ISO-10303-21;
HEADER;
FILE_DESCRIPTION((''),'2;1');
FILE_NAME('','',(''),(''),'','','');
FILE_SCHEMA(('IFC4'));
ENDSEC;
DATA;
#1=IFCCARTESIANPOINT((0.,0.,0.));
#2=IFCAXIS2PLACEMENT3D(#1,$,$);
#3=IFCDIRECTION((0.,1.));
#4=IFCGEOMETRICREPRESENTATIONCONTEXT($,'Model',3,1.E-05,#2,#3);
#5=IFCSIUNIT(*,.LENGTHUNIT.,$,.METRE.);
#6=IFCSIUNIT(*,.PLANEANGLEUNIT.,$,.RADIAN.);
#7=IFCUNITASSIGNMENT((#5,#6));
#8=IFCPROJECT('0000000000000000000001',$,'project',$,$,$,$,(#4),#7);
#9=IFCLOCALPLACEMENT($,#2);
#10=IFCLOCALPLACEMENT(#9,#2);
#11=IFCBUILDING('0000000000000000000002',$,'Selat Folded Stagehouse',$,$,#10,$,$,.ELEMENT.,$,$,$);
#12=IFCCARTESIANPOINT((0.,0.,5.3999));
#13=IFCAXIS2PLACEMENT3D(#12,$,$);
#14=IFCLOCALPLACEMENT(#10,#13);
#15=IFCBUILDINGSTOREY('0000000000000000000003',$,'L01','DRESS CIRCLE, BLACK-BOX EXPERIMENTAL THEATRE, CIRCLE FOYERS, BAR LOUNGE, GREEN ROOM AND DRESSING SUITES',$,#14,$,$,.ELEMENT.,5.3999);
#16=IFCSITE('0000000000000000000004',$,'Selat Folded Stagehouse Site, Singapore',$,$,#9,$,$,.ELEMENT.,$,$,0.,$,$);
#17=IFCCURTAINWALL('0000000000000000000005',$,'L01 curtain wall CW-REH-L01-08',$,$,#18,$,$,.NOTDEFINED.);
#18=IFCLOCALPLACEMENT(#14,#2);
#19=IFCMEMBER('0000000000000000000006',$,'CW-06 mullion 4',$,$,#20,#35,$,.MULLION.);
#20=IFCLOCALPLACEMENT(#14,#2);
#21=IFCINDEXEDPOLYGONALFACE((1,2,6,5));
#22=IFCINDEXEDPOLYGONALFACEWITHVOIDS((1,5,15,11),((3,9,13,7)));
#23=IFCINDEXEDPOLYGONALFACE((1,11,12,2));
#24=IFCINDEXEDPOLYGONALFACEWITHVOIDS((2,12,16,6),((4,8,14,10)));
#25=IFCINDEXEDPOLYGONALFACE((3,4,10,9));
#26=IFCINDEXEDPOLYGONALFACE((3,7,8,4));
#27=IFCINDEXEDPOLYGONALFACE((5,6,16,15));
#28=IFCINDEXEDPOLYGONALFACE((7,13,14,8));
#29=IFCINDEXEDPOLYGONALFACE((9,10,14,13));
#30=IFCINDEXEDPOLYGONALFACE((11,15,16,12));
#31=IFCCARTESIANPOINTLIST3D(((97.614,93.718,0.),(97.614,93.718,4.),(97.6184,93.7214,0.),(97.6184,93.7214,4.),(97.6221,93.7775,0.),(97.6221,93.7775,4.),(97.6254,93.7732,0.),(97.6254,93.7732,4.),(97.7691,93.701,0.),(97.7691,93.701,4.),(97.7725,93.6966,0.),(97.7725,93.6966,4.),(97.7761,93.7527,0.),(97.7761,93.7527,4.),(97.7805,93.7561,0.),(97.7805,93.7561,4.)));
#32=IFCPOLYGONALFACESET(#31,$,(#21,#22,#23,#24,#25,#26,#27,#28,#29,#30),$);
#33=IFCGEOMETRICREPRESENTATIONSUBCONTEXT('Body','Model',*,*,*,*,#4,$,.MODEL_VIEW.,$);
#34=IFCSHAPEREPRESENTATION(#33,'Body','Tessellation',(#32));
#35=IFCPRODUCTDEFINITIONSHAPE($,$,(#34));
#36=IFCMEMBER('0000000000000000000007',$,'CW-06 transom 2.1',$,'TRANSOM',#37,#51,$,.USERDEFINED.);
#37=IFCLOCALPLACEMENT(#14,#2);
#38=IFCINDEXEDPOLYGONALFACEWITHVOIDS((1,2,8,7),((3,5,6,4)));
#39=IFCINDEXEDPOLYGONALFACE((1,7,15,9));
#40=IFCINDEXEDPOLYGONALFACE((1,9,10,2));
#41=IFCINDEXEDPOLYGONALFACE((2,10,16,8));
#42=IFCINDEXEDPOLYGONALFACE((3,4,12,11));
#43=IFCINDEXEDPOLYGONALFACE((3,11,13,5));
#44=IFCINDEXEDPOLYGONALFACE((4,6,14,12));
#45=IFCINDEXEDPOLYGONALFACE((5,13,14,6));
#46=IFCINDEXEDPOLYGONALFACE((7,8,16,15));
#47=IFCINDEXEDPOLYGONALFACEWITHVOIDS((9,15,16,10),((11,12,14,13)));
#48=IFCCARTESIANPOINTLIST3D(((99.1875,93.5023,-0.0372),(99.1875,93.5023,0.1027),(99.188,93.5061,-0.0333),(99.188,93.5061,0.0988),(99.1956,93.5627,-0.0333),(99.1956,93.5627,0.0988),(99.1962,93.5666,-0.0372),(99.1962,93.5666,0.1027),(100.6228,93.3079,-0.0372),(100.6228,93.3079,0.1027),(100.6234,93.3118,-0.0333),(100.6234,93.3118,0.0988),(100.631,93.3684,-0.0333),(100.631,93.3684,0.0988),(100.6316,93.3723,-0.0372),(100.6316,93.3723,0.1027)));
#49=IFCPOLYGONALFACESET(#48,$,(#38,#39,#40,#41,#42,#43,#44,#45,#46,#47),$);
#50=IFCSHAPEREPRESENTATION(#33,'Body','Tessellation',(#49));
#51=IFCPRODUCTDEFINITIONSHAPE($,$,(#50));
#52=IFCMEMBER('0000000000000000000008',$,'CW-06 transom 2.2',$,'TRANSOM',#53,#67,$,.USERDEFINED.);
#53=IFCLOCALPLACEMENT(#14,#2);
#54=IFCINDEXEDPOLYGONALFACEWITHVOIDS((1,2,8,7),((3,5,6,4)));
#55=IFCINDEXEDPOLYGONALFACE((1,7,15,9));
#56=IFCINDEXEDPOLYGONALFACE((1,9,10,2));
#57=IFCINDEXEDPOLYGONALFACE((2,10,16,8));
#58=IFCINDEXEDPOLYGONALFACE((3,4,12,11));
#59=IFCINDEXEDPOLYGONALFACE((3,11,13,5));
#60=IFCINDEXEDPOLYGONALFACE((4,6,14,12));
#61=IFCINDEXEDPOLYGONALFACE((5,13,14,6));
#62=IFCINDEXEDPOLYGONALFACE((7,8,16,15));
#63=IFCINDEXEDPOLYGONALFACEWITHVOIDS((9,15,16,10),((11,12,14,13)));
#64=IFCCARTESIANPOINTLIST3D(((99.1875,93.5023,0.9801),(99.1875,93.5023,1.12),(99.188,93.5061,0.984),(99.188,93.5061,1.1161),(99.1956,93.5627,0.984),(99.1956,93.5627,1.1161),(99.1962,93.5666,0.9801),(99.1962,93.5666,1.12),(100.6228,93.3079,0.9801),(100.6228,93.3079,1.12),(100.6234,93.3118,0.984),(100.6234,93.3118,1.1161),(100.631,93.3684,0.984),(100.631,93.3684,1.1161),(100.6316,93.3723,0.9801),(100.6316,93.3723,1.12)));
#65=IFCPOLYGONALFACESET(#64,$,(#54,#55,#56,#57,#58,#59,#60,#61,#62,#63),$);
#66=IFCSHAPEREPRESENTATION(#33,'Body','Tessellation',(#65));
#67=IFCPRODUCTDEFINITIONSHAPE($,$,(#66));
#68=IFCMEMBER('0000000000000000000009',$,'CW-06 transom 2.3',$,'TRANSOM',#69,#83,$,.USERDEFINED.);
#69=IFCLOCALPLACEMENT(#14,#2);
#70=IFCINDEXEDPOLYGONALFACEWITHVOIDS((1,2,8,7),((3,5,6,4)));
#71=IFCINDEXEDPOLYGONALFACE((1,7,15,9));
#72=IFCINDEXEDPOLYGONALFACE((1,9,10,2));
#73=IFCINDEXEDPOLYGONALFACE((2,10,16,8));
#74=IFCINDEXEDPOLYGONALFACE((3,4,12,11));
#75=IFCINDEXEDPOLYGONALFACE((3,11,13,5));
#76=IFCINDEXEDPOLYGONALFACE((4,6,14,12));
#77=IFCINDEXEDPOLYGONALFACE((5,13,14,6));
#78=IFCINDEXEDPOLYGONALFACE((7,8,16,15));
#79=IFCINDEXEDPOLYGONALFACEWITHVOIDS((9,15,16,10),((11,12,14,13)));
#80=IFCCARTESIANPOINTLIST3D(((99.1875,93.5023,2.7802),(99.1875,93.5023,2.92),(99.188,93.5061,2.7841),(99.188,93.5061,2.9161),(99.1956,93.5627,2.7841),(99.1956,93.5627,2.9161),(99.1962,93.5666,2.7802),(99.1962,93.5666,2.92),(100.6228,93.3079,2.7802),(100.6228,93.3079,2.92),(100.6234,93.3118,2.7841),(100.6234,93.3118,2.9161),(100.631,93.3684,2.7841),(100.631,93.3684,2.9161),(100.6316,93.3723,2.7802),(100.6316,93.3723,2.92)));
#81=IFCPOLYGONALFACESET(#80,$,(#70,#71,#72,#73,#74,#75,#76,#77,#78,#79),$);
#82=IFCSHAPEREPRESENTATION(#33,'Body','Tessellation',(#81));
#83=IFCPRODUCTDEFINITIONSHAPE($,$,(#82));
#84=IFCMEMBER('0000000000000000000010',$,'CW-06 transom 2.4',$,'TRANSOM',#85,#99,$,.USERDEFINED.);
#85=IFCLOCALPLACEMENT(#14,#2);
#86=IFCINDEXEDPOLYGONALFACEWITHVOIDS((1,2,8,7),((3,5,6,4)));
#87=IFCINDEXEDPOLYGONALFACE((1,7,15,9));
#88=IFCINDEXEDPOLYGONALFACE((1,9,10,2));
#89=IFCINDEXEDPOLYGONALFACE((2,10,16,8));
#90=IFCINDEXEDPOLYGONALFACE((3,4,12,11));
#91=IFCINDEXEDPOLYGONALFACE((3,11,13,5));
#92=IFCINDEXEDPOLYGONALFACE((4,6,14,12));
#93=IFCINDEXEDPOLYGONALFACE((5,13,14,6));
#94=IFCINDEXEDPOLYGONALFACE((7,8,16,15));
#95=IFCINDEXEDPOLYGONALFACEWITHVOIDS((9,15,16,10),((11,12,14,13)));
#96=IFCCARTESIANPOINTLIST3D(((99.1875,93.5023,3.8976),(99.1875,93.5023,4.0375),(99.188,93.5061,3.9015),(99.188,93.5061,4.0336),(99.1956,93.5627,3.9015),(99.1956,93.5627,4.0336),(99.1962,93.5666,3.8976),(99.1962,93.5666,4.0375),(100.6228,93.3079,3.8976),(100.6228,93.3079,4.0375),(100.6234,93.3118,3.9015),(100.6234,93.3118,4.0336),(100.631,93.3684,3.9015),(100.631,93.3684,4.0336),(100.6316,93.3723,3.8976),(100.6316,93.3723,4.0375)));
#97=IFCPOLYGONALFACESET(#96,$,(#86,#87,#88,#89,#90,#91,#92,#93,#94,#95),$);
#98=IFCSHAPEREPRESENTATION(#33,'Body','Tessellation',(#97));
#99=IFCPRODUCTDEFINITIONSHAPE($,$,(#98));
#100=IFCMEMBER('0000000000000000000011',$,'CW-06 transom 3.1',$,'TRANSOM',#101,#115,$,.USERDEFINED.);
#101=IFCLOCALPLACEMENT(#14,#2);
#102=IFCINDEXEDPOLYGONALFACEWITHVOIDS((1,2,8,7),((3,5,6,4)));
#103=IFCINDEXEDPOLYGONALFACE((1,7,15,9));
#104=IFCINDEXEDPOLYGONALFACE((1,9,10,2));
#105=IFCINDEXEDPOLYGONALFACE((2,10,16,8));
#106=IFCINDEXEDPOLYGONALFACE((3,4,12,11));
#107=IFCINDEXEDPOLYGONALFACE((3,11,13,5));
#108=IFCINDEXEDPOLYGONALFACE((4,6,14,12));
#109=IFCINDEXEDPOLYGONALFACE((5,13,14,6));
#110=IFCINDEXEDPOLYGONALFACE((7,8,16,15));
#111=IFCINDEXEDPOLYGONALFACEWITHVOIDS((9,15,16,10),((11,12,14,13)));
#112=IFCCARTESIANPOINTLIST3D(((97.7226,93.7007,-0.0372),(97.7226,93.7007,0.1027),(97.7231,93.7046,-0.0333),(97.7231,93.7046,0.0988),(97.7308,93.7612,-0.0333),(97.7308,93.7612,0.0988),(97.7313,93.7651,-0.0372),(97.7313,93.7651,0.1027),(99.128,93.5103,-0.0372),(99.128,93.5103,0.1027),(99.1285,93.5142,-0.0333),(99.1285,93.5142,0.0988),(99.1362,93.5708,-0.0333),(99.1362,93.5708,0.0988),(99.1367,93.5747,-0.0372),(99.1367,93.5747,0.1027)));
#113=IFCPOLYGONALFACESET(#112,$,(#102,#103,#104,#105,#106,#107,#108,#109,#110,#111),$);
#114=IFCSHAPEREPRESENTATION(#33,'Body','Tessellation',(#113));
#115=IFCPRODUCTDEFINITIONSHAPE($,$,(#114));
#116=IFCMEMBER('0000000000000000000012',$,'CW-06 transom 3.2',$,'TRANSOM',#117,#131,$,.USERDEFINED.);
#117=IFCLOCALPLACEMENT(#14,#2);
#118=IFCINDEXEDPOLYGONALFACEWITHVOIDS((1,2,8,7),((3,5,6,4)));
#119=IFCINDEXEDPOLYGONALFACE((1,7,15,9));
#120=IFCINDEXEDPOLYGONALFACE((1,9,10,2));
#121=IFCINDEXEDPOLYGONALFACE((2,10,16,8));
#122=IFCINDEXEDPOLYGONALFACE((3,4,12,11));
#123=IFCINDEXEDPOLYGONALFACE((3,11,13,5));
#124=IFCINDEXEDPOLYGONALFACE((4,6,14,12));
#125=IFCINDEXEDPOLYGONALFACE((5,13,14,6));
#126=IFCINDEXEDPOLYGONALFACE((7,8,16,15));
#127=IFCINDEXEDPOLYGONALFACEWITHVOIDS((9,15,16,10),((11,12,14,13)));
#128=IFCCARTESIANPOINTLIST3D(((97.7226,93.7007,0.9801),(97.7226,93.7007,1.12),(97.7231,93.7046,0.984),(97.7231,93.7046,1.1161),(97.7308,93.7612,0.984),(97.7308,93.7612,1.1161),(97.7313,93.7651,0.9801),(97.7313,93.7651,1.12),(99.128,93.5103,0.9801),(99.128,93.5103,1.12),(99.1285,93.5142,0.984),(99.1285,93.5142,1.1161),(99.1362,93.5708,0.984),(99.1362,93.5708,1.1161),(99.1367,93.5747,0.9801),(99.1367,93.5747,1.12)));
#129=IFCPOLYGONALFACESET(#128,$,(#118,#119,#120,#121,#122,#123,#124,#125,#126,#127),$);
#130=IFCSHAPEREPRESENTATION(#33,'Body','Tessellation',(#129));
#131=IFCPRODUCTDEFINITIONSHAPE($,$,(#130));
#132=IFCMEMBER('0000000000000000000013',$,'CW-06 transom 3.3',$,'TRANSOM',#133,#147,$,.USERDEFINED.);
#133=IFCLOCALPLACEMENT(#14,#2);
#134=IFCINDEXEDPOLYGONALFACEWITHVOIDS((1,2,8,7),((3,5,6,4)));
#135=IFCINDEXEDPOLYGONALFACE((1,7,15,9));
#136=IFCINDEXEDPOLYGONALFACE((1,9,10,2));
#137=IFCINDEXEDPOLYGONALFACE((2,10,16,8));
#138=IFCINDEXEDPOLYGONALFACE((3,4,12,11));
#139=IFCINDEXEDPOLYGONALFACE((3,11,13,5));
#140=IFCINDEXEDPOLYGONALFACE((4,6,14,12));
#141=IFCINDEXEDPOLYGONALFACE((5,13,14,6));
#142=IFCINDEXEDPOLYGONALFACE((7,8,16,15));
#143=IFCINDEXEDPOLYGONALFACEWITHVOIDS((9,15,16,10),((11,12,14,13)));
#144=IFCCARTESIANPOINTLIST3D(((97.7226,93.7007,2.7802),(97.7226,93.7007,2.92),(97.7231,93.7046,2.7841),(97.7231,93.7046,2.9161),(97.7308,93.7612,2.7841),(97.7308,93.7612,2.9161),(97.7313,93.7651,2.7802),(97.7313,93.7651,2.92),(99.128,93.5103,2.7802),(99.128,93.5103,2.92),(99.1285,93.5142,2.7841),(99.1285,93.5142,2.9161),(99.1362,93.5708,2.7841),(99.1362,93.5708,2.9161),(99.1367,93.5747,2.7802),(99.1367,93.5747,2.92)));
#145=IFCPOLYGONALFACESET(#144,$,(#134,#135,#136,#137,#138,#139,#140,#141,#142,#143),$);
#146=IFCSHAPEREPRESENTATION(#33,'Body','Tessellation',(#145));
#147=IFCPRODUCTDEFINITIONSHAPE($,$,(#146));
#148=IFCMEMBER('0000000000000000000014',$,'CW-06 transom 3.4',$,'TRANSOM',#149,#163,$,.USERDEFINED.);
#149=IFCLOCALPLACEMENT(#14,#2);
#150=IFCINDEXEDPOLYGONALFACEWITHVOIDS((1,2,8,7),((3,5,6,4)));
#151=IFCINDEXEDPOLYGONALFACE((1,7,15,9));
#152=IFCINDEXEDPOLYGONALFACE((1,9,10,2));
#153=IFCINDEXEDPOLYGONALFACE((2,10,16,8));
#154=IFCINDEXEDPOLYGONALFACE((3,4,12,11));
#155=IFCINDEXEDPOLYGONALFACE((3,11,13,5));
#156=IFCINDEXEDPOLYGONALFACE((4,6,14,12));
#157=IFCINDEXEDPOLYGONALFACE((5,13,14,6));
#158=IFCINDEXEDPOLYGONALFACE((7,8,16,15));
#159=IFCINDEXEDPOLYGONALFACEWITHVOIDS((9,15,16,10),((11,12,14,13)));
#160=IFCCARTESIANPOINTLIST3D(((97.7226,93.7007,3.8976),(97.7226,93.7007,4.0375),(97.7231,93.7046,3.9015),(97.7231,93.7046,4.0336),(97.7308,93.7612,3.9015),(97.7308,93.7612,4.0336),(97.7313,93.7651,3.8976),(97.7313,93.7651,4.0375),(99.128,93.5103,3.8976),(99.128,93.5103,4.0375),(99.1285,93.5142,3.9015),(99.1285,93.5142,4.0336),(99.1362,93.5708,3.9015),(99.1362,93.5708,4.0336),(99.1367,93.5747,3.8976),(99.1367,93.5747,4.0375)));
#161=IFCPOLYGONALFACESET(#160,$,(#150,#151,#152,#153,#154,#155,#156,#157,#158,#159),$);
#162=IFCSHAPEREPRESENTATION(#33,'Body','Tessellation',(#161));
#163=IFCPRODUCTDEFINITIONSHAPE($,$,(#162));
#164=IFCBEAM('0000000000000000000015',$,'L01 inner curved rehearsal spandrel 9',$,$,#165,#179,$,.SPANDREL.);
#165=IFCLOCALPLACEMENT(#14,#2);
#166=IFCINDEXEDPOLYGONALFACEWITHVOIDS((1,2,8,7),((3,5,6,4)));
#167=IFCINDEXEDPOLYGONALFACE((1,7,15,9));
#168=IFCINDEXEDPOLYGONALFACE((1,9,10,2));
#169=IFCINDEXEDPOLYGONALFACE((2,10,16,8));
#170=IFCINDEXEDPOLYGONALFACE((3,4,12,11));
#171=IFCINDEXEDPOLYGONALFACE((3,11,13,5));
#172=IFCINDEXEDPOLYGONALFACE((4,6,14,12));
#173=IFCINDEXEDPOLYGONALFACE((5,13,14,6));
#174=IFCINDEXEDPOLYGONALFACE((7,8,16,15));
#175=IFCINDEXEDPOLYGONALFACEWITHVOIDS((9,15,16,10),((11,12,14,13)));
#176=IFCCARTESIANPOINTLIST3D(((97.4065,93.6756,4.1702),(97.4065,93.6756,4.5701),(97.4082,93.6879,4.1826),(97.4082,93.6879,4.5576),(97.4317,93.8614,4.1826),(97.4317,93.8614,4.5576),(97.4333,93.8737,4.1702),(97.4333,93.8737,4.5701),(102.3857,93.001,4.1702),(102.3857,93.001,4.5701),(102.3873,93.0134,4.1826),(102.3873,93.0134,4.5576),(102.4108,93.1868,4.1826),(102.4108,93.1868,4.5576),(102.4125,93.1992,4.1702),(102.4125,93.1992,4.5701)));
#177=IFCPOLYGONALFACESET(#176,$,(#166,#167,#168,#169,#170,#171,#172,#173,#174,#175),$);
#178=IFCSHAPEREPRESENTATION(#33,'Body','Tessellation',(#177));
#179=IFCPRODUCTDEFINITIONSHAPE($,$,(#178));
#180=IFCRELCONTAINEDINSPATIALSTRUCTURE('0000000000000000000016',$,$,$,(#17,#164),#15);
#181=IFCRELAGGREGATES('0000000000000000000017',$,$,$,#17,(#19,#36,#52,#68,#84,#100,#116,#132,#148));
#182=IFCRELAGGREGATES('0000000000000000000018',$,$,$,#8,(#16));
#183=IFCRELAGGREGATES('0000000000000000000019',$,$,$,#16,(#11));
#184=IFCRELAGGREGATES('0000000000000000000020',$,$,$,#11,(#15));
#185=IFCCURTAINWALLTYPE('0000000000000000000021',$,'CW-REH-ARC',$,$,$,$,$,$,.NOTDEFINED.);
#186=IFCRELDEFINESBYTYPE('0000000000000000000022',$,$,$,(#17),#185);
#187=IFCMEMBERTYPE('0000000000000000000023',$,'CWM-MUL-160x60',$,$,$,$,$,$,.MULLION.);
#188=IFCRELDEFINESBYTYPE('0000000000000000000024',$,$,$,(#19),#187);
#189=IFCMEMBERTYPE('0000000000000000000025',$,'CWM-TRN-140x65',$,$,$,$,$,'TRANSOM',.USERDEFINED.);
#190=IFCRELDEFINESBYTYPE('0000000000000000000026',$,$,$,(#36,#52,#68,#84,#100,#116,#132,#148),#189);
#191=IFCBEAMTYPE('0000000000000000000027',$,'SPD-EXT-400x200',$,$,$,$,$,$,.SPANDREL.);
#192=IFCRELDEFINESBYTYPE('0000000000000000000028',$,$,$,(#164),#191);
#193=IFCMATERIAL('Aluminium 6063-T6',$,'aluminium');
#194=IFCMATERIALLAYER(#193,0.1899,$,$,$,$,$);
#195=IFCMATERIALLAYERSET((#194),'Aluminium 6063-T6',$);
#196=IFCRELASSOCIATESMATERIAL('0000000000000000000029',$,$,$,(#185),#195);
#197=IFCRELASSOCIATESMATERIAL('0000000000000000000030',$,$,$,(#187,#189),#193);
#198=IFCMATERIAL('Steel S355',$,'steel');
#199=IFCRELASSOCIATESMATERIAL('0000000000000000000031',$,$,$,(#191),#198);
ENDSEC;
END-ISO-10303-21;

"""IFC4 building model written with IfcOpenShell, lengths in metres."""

from ifc_helpers import new_model, si_unit, direction, frame, origin, origin_2d, place, context, subcontext, project, spatial, hollow_rectangle, extrude, material, layer, layer_set, material_profile, profile_set, type_object, element, aggregate, save


model = new_model("IFC4")

# Units and contexts
model_context = context("Model", 3, precision=1e-05, world=origin(), true_north=direction((0.0, 1.0)))
body_context = subcontext(model_context, "Body", "Model", "MODEL_VIEW")
ifc_project = project(units=[si_unit("LENGTHUNIT", "METRE"), si_unit("PLANEANGLEUNIT", "RADIAN")], contexts=[model_context])

# Site, building, storey
site_placement = place(None, origin())
site = spatial("IfcSite", under=ifc_project, at=site_placement, Name="Selat Folded Stagehouse Site, Singapore", CompositionType="ELEMENT", RefElevation=0.0)
building_placement = place(site_placement, origin())
building = spatial("IfcBuilding", under=site, at=building_placement, Name="Selat Folded Stagehouse", CompositionType="ELEMENT")
storey_placement = place(building_placement, frame((0.0, 0.0, 5.3999)))
storey = spatial("IfcBuildingStorey", under=building, at=storey_placement, Name="L01", Description="DRESS CIRCLE, BLACK-BOX EXPERIMENTAL THEATRE, CIRCLE FOYERS, BAR LOUNGE, GREEN ROOM AND DRESSING SUITES", CompositionType="ELEMENT", Elevation=5.3999)

# Shared definitions
ifc_material_1 = material(Name="Steel S355", Category="steel")

# Curtain wall, members
ifc_material_2 = material(Name="Aluminium 6063-T6", Category="aluminium")
ifc_layer_1 = layer(ifc_material_2, 0.1899)
ifc_layer_set_1 = layer_set([ifc_layer_1], Name="Aluminium 6063-T6")
curtain_wall_type = type_object("IfcCurtainWallType", Name="CW-REH-ARC", PredefinedType="NOTDEFINED", material=ifc_layer_set_1)
curtain_wall_placement = place(storey_placement, origin())
curtain_wall = element("IfcCurtainWall", 1, at=curtain_wall_placement, inside=storey, type_object=curtain_wall_type, Name="L01 curtain wall CW-REH-L01-08", PredefinedType="NOTDEFINED")
ifc_material_profile_1 = material_profile(ifc_material_2, hollow_rectangle(XDim=0.0601, YDim=0.1599, WallThickness=0.0039, at=origin_2d()), Name="ALU 160x60x4.0")
ifc_profile_set_1 = profile_set([ifc_material_profile_1], Name="Aluminium 6063-T6")
member_type_1 = type_object("IfcMemberType", Name="CWM-MUL-160x60", PredefinedType="MULLION", material=ifc_profile_set_1)
member_1_placement = place(storey_placement, frame((97.6973, 93.7371, 0.0), z_axis=(0.0, 0.0, 1.0), x_axis=(-0.134212, -0.990953, 0.0)))
member_1 = element("IfcMember", 2, at=member_1_placement, type_object=member_type_1, Name="CW-06 mullion 4", PredefinedType="MULLION", context=body_context, shape_type="SweptSolid", body=[
    extrude(hollow_rectangle(XDim=0.0601, YDim=0.1599, WallThickness=0.0039, at=origin_2d()), origin(), (0.0, 0.0, 1.0), 4.0),
])
ifc_material_profile_2 = material_profile(ifc_material_2, hollow_rectangle(XDim=0.0649, YDim=0.1399, WallThickness=0.0039, at=origin_2d()), Name="ALU 140x65x4.0")
ifc_profile_set_2 = profile_set([ifc_material_profile_2], Name="Aluminium 6063-T6")
member_type_2 = type_object("IfcMemberType", Name="CWM-TRN-140x65", ElementType="TRANSOM", PredefinedType="USERDEFINED", material=ifc_profile_set_2)
member_2_placement = place(storey_placement, frame((100.6272, 93.3401, 0.0327), z_axis=(-0.990958, 0.134173, 0.0), x_axis=(-0.134173, -0.990958, 0.0)))
member_2 = element("IfcMember", 3, at=member_2_placement, type_object=member_type_2, Name="CW-06 transom 2.1", ObjectType="TRANSOM", PredefinedType="USERDEFINED", context=body_context, shape_type="SweptSolid", body=[
    extrude(hollow_rectangle(XDim=0.0649, YDim=0.1399, WallThickness=0.0039, at=origin_2d()), origin(), (0.0, 0.0, 1.0), 1.4485),
])
member_3_placement = place(storey_placement, frame((100.6272, 93.3401, 1.05), z_axis=(-0.990958, 0.134173, 0.0), x_axis=(-0.134173, -0.990958, 0.0)))
member_3 = element("IfcMember", 4, at=member_3_placement, type_object=member_type_2, Name="CW-06 transom 2.2", ObjectType="TRANSOM", PredefinedType="USERDEFINED", context=body_context, shape_type="SweptSolid", body=[
    extrude(hollow_rectangle(XDim=0.0649, YDim=0.1399, WallThickness=0.0039, at=origin_2d()), origin(), (0.0, 0.0, 1.0), 1.4485),
])
member_4_placement = place(storey_placement, frame((100.6272, 93.3401, 2.8501), z_axis=(-0.990958, 0.134173, 0.0), x_axis=(-0.134173, -0.990958, 0.0)))
member_4 = element("IfcMember", 5, at=member_4_placement, type_object=member_type_2, Name="CW-06 transom 2.3", ObjectType="TRANSOM", PredefinedType="USERDEFINED", context=body_context, shape_type="SweptSolid", body=[
    extrude(hollow_rectangle(XDim=0.0649, YDim=0.1399, WallThickness=0.0039, at=origin_2d()), origin(), (0.0, 0.0, 1.0), 1.4485),
])
member_5_placement = place(storey_placement, frame((100.6272, 93.3401, 3.9675), z_axis=(-0.990958, 0.134173, 0.0), x_axis=(-0.134173, -0.990958, 0.0)))
member_5 = element("IfcMember", 6, at=member_5_placement, type_object=member_type_2, Name="CW-06 transom 2.4", ObjectType="TRANSOM", PredefinedType="USERDEFINED", context=body_context, shape_type="SweptSolid", body=[
    extrude(hollow_rectangle(XDim=0.0649, YDim=0.1399, WallThickness=0.0039, at=origin_2d()), origin(), (0.0, 0.0, 1.0), 1.4485),
])
member_6_placement = place(storey_placement, frame((99.1323, 93.5425, 0.0327), z_axis=(-0.990943, 0.134283, 0.0), x_axis=(-0.134283, -0.990943, 0.0)))
member_6 = element("IfcMember", 7, at=member_6_placement, type_object=member_type_2, Name="CW-06 transom 3.1", ObjectType="TRANSOM", PredefinedType="USERDEFINED", context=body_context, shape_type="SweptSolid", body=[
    extrude(hollow_rectangle(XDim=0.0649, YDim=0.1399, WallThickness=0.0039, at=origin_2d()), origin(), (0.0, 0.0, 1.0), 1.4182),
])
member_7_placement = place(storey_placement, frame((99.1323, 93.5425, 1.05), z_axis=(-0.990943, 0.134283, 0.0), x_axis=(-0.134283, -0.990943, 0.0)))
member_7 = element("IfcMember", 8, at=member_7_placement, type_object=member_type_2, Name="CW-06 transom 3.2", ObjectType="TRANSOM", PredefinedType="USERDEFINED", context=body_context, shape_type="SweptSolid", body=[
    extrude(hollow_rectangle(XDim=0.0649, YDim=0.1399, WallThickness=0.0039, at=origin_2d()), origin(), (0.0, 0.0, 1.0), 1.4182),
])
member_8_placement = place(storey_placement, frame((99.1323, 93.5425, 2.8501), z_axis=(-0.990943, 0.134283, 0.0), x_axis=(-0.134283, -0.990943, 0.0)))
member_8 = element("IfcMember", 9, at=member_8_placement, type_object=member_type_2, Name="CW-06 transom 3.3", ObjectType="TRANSOM", PredefinedType="USERDEFINED", context=body_context, shape_type="SweptSolid", body=[
    extrude(hollow_rectangle(XDim=0.0649, YDim=0.1399, WallThickness=0.0039, at=origin_2d()), origin(), (0.0, 0.0, 1.0), 1.4182),
])
member_9_placement = place(storey_placement, frame((99.1323, 93.5425, 3.9675), z_axis=(-0.990943, 0.134283, 0.0), x_axis=(-0.134283, -0.990943, 0.0)))
member_9 = element("IfcMember", 10, at=member_9_placement, type_object=member_type_2, Name="CW-06 transom 3.4", ObjectType="TRANSOM", PredefinedType="USERDEFINED", context=body_context, shape_type="SweptSolid", body=[
    extrude(hollow_rectangle(XDim=0.0649, YDim=0.1399, WallThickness=0.0039, at=origin_2d()), origin(), (0.0, 0.0, 1.0), 1.4182),
])

# Beam
ifc_material_profile_3 = material_profile(ifc_material_1, hollow_rectangle(XDim=0.2, YDim=0.3999, WallThickness=0.0125, at=origin_2d()), Name="RHS 400x200x12.5")
ifc_profile_set_3 = profile_set([ifc_material_profile_3], Name="Steel S355")
beam_type_1 = type_object("IfcBeamType", Name="SPD-EXT-400x200", PredefinedType="SPANDREL", material=ifc_profile_set_3)
beam_placement = place(storey_placement, frame((97.4199, 93.7747, 4.3701), z_axis=(0.990948, -0.134248, 0.0), x_axis=(0.134248, 0.990948, 0.0)))
element("IfcBeam", 11, at=beam_placement, inside=storey, type_object=beam_type_1, Name="L01 inner curved rehearsal spandrel 9", PredefinedType="SPANDREL", context=body_context, shape_type="SweptSolid", body=[
    extrude(hollow_rectangle(XDim=0.2, YDim=0.3999, WallThickness=0.0125, at=origin_2d()), origin(), (0.0, 0.0, 1.0), 5.0247),
])

aggregate(curtain_wall, [member_1, member_2, member_3, member_4, member_5, member_6, member_7, member_8, member_9])

save(model, "model.ifc")
